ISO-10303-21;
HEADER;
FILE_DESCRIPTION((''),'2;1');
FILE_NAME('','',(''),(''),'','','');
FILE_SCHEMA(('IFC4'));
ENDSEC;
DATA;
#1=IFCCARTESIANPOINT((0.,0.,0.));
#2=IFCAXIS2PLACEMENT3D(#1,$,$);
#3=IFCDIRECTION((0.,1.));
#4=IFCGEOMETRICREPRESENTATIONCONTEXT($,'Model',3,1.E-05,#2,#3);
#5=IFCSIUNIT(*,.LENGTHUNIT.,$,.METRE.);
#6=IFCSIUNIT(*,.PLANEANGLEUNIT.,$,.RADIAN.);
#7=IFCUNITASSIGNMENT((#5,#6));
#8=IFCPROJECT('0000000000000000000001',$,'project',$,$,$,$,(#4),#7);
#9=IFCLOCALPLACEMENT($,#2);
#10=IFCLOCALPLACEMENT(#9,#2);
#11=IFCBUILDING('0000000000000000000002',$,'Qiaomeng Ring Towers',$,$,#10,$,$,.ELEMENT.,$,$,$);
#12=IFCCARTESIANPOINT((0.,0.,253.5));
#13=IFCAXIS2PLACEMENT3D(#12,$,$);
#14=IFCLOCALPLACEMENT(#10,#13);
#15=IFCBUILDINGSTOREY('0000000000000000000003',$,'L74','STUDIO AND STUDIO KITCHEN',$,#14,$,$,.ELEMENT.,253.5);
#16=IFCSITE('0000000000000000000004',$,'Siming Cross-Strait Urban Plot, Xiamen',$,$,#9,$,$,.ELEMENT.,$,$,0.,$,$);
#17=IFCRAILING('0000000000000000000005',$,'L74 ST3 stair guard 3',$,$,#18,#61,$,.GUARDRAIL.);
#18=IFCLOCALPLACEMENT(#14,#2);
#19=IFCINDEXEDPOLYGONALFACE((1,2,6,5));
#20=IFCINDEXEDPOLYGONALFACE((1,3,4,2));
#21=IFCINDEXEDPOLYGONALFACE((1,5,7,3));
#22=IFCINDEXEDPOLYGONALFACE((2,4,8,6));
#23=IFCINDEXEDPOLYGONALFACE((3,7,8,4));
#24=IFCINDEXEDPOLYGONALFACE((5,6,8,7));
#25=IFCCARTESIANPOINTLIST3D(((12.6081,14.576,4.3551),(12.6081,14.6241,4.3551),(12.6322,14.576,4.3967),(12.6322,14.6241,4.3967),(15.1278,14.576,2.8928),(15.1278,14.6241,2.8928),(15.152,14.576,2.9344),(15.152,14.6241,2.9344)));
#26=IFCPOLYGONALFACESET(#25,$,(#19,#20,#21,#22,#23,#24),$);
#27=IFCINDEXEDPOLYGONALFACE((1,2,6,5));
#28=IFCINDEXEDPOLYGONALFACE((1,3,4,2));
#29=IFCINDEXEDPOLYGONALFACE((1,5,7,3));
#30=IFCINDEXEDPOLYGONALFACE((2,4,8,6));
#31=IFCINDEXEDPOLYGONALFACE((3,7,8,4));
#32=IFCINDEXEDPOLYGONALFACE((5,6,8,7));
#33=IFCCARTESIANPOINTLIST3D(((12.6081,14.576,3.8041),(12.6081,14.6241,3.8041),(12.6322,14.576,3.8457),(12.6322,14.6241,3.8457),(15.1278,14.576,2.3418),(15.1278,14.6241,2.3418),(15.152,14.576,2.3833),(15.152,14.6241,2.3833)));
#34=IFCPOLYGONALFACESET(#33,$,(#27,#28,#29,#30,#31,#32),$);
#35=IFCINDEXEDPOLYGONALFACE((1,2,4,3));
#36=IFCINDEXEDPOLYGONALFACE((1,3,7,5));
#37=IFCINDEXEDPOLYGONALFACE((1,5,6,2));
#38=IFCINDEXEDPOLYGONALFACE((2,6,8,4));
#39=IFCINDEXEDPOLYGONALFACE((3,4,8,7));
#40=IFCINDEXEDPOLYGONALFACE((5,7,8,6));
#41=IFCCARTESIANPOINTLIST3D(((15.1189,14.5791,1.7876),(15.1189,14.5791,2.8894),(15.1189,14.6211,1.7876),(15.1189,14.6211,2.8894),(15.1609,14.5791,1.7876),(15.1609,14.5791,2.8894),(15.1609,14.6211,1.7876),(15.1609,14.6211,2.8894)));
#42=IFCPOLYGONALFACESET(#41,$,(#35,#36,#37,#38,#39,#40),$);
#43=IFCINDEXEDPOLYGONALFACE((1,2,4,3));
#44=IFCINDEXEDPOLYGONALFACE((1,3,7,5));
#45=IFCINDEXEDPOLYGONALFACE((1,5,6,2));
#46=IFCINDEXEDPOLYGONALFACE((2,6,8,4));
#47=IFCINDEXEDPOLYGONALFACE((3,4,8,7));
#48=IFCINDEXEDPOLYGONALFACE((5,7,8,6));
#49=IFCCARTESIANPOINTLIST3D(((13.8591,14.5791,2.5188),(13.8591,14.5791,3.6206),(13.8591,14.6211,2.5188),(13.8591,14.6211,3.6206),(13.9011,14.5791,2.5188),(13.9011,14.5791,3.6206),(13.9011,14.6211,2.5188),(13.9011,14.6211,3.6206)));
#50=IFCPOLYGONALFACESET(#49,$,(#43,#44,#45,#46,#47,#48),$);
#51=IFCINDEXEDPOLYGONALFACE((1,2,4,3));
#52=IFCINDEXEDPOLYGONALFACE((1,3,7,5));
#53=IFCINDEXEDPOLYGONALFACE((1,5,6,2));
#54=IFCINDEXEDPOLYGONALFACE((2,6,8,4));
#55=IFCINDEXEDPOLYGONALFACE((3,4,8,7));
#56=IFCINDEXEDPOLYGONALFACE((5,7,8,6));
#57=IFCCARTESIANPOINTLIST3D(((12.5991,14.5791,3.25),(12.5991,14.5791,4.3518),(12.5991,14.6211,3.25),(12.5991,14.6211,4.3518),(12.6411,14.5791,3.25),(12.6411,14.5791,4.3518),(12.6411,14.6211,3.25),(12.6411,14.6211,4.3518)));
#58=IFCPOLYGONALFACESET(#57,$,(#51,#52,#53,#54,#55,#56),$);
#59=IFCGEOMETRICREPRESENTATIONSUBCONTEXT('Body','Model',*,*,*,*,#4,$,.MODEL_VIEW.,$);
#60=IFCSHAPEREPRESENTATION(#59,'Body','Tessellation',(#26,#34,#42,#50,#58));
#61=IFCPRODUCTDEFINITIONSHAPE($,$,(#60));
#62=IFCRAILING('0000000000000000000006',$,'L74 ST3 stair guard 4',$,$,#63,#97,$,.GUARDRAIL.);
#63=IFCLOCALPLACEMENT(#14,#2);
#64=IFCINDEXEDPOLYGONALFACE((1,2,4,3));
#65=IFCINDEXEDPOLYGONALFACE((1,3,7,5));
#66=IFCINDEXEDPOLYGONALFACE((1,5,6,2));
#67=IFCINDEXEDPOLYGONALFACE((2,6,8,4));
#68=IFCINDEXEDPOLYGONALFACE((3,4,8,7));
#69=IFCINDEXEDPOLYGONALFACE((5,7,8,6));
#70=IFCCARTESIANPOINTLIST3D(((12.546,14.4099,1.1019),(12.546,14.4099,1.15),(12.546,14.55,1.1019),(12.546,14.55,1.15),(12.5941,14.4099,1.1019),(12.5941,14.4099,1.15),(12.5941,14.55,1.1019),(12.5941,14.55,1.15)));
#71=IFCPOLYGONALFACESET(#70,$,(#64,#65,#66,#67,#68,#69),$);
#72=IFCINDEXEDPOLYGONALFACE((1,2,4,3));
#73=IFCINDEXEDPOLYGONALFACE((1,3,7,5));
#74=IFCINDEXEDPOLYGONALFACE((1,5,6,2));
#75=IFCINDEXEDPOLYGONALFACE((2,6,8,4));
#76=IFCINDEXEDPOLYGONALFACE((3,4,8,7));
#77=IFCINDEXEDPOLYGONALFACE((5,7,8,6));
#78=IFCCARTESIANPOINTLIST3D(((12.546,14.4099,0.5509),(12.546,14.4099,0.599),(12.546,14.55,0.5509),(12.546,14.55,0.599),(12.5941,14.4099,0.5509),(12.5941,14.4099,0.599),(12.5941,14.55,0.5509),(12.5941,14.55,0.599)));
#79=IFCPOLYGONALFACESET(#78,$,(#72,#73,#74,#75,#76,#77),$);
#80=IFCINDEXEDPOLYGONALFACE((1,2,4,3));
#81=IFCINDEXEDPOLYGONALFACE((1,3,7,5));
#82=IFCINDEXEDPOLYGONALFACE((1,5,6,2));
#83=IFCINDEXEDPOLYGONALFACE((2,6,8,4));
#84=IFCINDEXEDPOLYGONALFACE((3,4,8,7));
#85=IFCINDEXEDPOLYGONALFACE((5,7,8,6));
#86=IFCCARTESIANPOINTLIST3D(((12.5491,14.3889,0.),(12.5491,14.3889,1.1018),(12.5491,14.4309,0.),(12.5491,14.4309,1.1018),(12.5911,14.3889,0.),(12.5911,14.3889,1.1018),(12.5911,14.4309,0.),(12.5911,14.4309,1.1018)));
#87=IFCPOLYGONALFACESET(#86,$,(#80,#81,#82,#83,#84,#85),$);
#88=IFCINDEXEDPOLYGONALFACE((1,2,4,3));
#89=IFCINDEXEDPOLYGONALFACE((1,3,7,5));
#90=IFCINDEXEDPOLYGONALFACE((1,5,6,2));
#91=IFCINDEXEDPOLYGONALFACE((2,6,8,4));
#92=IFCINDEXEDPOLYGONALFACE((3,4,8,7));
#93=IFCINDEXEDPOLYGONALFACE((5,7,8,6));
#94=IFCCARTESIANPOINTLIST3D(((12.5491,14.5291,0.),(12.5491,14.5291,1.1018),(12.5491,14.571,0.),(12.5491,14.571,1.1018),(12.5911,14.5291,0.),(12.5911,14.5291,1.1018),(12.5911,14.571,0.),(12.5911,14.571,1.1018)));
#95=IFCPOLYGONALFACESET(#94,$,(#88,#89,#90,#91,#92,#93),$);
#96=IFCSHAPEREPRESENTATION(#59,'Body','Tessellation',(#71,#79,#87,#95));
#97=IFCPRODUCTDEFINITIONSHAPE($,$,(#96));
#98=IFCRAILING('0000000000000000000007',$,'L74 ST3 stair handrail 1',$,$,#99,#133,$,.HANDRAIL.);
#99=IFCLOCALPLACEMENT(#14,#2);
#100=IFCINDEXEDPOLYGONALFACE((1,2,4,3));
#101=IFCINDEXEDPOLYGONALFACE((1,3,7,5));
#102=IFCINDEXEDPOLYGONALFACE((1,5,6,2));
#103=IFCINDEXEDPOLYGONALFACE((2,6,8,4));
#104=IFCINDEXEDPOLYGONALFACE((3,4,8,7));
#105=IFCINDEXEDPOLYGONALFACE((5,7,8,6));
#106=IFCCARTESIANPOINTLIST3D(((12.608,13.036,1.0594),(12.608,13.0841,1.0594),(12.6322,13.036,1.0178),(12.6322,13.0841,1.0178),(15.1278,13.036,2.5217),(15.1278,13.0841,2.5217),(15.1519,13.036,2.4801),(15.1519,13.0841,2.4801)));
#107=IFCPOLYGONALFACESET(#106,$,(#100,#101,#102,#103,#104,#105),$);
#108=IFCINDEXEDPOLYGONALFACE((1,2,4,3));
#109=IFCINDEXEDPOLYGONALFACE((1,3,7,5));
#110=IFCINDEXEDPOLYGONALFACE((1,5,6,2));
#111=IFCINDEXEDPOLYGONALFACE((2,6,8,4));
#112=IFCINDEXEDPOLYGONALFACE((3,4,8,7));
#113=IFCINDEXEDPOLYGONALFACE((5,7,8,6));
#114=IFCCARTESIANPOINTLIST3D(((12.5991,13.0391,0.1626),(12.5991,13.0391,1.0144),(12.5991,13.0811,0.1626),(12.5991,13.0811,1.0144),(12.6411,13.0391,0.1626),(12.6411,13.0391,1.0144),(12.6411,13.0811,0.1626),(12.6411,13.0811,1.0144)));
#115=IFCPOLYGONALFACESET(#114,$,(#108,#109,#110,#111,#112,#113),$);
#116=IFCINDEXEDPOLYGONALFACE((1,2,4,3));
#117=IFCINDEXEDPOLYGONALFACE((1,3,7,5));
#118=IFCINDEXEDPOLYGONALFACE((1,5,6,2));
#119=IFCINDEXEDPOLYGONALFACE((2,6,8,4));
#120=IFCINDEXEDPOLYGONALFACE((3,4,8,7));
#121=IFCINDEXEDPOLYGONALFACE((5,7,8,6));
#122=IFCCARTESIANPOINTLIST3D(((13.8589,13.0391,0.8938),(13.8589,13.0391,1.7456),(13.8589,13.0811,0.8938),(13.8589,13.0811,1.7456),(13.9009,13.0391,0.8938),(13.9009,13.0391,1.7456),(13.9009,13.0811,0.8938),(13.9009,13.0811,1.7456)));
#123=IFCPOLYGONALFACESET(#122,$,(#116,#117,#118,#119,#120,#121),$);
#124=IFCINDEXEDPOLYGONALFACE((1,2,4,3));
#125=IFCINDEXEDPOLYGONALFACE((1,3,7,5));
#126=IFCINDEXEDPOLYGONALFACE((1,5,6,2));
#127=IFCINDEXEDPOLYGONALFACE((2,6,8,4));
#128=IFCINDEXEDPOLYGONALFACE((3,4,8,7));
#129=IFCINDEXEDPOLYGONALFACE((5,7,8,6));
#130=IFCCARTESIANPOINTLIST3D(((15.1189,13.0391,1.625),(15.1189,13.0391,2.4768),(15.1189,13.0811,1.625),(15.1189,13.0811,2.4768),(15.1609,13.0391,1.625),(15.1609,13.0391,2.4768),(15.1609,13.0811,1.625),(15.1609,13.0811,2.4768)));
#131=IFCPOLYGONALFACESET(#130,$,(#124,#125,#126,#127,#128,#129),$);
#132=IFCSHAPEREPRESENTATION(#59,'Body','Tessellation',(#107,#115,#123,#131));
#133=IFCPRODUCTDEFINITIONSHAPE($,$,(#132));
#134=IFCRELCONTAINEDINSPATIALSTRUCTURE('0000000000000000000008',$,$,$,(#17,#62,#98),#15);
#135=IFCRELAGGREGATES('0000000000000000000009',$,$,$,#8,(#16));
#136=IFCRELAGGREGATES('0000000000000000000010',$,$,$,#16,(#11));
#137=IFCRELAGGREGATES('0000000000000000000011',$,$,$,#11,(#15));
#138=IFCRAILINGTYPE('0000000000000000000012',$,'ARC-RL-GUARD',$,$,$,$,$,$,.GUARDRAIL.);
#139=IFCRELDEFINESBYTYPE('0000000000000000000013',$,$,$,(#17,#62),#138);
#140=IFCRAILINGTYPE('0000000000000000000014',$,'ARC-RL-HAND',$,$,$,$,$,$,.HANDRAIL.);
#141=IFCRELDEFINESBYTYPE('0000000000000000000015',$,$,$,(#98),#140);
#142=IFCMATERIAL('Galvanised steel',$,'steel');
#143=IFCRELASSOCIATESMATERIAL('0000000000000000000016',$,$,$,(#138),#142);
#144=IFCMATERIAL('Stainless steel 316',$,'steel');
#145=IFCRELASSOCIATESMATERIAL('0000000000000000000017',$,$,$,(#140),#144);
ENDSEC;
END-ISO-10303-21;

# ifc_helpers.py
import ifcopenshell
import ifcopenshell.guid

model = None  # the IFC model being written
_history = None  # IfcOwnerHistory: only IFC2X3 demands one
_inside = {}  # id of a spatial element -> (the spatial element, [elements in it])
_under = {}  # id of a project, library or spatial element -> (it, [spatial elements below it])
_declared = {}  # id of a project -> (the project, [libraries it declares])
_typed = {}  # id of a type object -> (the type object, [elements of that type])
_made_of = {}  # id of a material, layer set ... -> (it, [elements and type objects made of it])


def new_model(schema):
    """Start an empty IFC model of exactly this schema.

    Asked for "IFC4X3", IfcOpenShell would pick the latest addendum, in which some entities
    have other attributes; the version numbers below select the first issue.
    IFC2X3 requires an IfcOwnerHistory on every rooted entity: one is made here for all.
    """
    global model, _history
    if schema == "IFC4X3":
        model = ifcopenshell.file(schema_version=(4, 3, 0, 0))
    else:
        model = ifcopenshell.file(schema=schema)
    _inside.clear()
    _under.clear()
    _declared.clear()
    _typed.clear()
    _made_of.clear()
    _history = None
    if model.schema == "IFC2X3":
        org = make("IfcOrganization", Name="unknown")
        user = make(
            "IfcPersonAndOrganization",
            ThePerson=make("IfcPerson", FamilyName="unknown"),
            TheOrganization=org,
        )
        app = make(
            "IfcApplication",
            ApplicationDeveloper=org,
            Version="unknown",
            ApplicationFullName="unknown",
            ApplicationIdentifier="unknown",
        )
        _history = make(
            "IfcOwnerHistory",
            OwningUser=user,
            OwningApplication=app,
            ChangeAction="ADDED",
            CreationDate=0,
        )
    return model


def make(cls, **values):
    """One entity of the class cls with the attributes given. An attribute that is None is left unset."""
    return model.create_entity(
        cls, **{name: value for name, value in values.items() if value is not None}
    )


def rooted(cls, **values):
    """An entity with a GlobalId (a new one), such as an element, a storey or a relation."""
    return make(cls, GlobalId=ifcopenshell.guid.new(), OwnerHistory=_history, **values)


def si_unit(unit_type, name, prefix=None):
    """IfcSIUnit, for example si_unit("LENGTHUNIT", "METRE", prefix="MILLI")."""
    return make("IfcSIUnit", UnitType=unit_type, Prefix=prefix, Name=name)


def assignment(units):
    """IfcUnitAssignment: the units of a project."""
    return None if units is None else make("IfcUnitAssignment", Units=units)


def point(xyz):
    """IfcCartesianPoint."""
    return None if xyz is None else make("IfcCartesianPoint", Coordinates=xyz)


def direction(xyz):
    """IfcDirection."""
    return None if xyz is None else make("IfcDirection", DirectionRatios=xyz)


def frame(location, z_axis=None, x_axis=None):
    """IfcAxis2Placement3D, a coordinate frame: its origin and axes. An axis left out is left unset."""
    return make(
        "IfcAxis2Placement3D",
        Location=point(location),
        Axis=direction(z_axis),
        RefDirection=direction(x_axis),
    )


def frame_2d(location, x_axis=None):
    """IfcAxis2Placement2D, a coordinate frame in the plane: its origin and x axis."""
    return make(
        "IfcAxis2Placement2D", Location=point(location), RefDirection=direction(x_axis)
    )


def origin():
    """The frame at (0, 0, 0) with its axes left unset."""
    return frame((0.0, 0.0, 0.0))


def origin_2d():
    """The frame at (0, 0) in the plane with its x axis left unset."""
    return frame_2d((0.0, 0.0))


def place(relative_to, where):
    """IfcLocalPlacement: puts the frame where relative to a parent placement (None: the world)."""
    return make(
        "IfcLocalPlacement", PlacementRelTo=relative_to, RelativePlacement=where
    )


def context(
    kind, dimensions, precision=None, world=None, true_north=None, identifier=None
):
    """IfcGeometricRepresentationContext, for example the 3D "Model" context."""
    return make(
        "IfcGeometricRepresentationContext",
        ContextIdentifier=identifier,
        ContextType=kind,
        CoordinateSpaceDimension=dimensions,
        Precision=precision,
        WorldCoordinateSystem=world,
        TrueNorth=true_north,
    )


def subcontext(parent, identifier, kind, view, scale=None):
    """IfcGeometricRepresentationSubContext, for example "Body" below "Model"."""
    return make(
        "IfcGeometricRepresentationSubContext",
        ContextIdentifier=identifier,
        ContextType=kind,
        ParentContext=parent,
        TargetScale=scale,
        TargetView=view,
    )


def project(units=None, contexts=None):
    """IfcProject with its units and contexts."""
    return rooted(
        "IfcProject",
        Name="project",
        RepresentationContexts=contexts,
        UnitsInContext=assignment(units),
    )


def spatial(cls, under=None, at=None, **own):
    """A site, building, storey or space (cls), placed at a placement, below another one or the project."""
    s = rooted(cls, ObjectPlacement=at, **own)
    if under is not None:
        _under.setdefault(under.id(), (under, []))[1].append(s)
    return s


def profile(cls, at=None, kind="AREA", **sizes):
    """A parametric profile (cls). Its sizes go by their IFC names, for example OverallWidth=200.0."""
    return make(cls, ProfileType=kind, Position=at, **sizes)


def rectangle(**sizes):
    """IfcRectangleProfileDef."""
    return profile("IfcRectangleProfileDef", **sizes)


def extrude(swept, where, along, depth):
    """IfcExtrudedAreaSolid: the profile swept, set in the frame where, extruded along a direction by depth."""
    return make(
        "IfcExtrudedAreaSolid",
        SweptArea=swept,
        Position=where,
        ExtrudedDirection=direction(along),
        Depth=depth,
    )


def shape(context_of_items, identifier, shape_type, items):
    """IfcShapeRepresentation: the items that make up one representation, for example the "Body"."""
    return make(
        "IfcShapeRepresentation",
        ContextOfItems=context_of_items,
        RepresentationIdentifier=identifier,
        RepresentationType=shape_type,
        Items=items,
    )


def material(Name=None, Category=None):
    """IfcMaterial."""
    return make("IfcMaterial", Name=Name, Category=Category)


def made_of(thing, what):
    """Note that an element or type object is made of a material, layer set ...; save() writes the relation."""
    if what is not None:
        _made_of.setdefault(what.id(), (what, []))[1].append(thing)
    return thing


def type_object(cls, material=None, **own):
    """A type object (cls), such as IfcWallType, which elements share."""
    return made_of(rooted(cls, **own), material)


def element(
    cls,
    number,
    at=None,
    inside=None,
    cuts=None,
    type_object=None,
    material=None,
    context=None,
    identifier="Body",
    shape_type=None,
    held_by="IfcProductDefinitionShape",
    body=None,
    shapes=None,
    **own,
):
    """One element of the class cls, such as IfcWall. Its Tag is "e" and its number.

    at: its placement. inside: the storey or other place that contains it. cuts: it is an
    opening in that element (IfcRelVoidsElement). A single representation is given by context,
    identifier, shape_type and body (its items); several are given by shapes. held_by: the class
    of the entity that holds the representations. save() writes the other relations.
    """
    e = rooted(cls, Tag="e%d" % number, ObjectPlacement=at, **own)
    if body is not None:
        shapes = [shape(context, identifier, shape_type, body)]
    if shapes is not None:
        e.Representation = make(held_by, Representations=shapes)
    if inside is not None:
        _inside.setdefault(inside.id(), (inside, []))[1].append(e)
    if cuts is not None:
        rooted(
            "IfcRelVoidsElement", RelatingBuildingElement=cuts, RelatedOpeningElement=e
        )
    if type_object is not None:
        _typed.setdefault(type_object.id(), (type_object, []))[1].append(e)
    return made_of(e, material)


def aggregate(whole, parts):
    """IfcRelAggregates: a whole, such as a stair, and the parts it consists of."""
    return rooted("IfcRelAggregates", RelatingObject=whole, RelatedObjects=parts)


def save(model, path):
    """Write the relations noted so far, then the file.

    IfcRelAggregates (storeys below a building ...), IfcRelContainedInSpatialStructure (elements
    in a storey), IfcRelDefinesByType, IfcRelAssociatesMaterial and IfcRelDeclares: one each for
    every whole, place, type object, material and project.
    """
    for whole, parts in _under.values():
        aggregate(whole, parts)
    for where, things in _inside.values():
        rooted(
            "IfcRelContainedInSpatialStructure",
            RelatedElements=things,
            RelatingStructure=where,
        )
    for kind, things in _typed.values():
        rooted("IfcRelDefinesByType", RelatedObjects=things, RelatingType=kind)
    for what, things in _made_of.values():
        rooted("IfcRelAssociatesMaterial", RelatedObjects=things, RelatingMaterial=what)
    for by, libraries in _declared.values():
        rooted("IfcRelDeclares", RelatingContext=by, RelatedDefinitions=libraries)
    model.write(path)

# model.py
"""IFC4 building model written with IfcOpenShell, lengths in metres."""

from ifc_helpers import new_model, si_unit, direction, frame, origin, origin_2d, place, context, subcontext, project, spatial, rectangle, extrude, material, type_object, element, save


model = new_model("IFC4")

# Units and contexts
model_context = context("Model", 3, precision=1e-05, world=origin(), true_north=direction((0.0, 1.0)))
body_context = subcontext(model_context, "Body", "Model", "MODEL_VIEW")
ifc_project = project(units=[si_unit("LENGTHUNIT", "METRE"), si_unit("PLANEANGLEUNIT", "RADIAN")], contexts=[model_context])

# Site, building, storey
site_placement = place(None, origin())
site = spatial("IfcSite", under=ifc_project, at=site_placement, Name="Siming Cross-Strait Urban Plot, Xiamen", CompositionType="ELEMENT", RefElevation=0.0)
building_placement = place(site_placement, origin())
building = spatial("IfcBuilding", under=site, at=building_placement, Name="Qiaomeng Ring Towers", CompositionType="ELEMENT")
storey_placement = place(building_placement, frame((0.0, 0.0, 253.5)))
storey = spatial("IfcBuildingStorey", under=building, at=storey_placement, Name="L74", Description="STUDIO AND STUDIO KITCHEN", CompositionType="ELEMENT", Elevation=253.5)

# Shared definitions
ifc_material_1 = material(Name="Galvanised steel", Category="steel")

# Railings
railing_type_1 = type_object("IfcRailingType", Name="ARC-RL-GUARD", PredefinedType="GUARDRAIL", material=ifc_material_1)
railing_1_placement = place(storey_placement, frame((15.1399, 14.6001, 1.7876)))
element("IfcRailing", 1, at=railing_1_placement, inside=storey, type_object=railing_type_1, Name="L74 ST3 stair guard 3", PredefinedType="GUARDRAIL", context=body_context, shape_type="SweptSolid", body=[
    extrude(rectangle(XDim=0.0481, YDim=0.0481, at=origin_2d()), frame((0.0, 0.0, 1.126), z_axis=(-0.864892, 0.0, 0.501958), x_axis=(0.0, -1.0, 0.0)), (0.0, 0.0, 1.0), 2.9133),
    extrude(rectangle(XDim=0.0481, YDim=0.0481, at=origin_2d()), frame((0.0, 0.0, 0.575), z_axis=(-0.864892, 0.0, 0.501958), x_axis=(0.0, -1.0, 0.0)), (0.0, 0.0, 1.0), 2.9133),
    extrude(rectangle(XDim=0.042, YDim=0.042, at=origin_2d()), origin(), (0.0, 0.0, 1.0), 1.1018),
    extrude(rectangle(XDim=0.042, YDim=0.042, at=origin_2d()), frame((-1.2598, 0.0, 0.7312)), (0.0, 0.0, 1.0), 1.1018),
    extrude(rectangle(XDim=0.042, YDim=0.042, at=origin_2d()), frame((-2.5198, 0.0, 1.4624)), (0.0, 0.0, 1.0), 1.1018),
])
railing_2_placement = place(storey_placement, frame((12.5701, 14.4099, 0.0)))
element("IfcRailing", 2, at=railing_2_placement, inside=storey, type_object=railing_type_1, Name="L74 ST3 stair guard 4", PredefinedType="GUARDRAIL", context=body_context, shape_type="SweptSolid", body=[
    extrude(rectangle(XDim=0.0481, YDim=0.0481, at=origin_2d()), frame((0.0, 0.0, 1.126), z_axis=(0.0, 1.0, 0.0), x_axis=(-1.0, 0.0, 0.0)), (0.0, 0.0, 1.0), 0.1401),
    extrude(rectangle(XDim=0.0481, YDim=0.0481, at=origin_2d()), frame((0.0, 0.0, 0.575), z_axis=(0.0, 1.0, 0.0), x_axis=(-1.0, 0.0, 0.0)), (0.0, 0.0, 1.0), 0.1401),
    extrude(rectangle(XDim=0.042, YDim=0.042, at=origin_2d()), origin(), (0.0, 0.0, 1.0), 1.1018),
    extrude(rectangle(XDim=0.042, YDim=0.042, at=origin_2d()), frame((0.0, 0.1401, 0.0)), (0.0, 0.0, 1.0), 1.1018),
])
ifc_material_2 = material(Name="Stainless steel 316", Category="steel")
railing_type_2 = type_object("IfcRailingType", Name="ARC-RL-HAND", PredefinedType="HANDRAIL", material=ifc_material_2)
railing_3_placement = place(storey_placement, frame((12.6201, 13.0601, 0.1626)))
element("IfcRailing", 3, at=railing_3_placement, inside=storey, type_object=railing_type_2, Name="L74 ST3 stair handrail 1", PredefinedType="HANDRAIL", context=body_context, shape_type="SweptSolid", body=[
    extrude(rectangle(XDim=0.0481, YDim=0.0481, at=origin_2d()), frame((0.0, 0.0, 0.876), z_axis=(0.864892, 0.0, 0.501958), x_axis=(0.0, 1.0, 0.0)), (0.0, 0.0, 1.0), 2.9133),
    extrude(rectangle(XDim=0.042, YDim=0.042, at=origin_2d()), origin(), (0.0, 0.0, 1.0), 0.8518),
    extrude(rectangle(XDim=0.042, YDim=0.042, at=origin_2d()), frame((1.2598, 0.0, 0.7312)), (0.0, 0.0, 1.0), 0.8518),
    extrude(rectangle(XDim=0.042, YDim=0.042, at=origin_2d()), frame((2.5198, 0.0, 1.4624)), (0.0, 0.0, 1.0), 0.8518),
])

save(model, "model.ifc")
